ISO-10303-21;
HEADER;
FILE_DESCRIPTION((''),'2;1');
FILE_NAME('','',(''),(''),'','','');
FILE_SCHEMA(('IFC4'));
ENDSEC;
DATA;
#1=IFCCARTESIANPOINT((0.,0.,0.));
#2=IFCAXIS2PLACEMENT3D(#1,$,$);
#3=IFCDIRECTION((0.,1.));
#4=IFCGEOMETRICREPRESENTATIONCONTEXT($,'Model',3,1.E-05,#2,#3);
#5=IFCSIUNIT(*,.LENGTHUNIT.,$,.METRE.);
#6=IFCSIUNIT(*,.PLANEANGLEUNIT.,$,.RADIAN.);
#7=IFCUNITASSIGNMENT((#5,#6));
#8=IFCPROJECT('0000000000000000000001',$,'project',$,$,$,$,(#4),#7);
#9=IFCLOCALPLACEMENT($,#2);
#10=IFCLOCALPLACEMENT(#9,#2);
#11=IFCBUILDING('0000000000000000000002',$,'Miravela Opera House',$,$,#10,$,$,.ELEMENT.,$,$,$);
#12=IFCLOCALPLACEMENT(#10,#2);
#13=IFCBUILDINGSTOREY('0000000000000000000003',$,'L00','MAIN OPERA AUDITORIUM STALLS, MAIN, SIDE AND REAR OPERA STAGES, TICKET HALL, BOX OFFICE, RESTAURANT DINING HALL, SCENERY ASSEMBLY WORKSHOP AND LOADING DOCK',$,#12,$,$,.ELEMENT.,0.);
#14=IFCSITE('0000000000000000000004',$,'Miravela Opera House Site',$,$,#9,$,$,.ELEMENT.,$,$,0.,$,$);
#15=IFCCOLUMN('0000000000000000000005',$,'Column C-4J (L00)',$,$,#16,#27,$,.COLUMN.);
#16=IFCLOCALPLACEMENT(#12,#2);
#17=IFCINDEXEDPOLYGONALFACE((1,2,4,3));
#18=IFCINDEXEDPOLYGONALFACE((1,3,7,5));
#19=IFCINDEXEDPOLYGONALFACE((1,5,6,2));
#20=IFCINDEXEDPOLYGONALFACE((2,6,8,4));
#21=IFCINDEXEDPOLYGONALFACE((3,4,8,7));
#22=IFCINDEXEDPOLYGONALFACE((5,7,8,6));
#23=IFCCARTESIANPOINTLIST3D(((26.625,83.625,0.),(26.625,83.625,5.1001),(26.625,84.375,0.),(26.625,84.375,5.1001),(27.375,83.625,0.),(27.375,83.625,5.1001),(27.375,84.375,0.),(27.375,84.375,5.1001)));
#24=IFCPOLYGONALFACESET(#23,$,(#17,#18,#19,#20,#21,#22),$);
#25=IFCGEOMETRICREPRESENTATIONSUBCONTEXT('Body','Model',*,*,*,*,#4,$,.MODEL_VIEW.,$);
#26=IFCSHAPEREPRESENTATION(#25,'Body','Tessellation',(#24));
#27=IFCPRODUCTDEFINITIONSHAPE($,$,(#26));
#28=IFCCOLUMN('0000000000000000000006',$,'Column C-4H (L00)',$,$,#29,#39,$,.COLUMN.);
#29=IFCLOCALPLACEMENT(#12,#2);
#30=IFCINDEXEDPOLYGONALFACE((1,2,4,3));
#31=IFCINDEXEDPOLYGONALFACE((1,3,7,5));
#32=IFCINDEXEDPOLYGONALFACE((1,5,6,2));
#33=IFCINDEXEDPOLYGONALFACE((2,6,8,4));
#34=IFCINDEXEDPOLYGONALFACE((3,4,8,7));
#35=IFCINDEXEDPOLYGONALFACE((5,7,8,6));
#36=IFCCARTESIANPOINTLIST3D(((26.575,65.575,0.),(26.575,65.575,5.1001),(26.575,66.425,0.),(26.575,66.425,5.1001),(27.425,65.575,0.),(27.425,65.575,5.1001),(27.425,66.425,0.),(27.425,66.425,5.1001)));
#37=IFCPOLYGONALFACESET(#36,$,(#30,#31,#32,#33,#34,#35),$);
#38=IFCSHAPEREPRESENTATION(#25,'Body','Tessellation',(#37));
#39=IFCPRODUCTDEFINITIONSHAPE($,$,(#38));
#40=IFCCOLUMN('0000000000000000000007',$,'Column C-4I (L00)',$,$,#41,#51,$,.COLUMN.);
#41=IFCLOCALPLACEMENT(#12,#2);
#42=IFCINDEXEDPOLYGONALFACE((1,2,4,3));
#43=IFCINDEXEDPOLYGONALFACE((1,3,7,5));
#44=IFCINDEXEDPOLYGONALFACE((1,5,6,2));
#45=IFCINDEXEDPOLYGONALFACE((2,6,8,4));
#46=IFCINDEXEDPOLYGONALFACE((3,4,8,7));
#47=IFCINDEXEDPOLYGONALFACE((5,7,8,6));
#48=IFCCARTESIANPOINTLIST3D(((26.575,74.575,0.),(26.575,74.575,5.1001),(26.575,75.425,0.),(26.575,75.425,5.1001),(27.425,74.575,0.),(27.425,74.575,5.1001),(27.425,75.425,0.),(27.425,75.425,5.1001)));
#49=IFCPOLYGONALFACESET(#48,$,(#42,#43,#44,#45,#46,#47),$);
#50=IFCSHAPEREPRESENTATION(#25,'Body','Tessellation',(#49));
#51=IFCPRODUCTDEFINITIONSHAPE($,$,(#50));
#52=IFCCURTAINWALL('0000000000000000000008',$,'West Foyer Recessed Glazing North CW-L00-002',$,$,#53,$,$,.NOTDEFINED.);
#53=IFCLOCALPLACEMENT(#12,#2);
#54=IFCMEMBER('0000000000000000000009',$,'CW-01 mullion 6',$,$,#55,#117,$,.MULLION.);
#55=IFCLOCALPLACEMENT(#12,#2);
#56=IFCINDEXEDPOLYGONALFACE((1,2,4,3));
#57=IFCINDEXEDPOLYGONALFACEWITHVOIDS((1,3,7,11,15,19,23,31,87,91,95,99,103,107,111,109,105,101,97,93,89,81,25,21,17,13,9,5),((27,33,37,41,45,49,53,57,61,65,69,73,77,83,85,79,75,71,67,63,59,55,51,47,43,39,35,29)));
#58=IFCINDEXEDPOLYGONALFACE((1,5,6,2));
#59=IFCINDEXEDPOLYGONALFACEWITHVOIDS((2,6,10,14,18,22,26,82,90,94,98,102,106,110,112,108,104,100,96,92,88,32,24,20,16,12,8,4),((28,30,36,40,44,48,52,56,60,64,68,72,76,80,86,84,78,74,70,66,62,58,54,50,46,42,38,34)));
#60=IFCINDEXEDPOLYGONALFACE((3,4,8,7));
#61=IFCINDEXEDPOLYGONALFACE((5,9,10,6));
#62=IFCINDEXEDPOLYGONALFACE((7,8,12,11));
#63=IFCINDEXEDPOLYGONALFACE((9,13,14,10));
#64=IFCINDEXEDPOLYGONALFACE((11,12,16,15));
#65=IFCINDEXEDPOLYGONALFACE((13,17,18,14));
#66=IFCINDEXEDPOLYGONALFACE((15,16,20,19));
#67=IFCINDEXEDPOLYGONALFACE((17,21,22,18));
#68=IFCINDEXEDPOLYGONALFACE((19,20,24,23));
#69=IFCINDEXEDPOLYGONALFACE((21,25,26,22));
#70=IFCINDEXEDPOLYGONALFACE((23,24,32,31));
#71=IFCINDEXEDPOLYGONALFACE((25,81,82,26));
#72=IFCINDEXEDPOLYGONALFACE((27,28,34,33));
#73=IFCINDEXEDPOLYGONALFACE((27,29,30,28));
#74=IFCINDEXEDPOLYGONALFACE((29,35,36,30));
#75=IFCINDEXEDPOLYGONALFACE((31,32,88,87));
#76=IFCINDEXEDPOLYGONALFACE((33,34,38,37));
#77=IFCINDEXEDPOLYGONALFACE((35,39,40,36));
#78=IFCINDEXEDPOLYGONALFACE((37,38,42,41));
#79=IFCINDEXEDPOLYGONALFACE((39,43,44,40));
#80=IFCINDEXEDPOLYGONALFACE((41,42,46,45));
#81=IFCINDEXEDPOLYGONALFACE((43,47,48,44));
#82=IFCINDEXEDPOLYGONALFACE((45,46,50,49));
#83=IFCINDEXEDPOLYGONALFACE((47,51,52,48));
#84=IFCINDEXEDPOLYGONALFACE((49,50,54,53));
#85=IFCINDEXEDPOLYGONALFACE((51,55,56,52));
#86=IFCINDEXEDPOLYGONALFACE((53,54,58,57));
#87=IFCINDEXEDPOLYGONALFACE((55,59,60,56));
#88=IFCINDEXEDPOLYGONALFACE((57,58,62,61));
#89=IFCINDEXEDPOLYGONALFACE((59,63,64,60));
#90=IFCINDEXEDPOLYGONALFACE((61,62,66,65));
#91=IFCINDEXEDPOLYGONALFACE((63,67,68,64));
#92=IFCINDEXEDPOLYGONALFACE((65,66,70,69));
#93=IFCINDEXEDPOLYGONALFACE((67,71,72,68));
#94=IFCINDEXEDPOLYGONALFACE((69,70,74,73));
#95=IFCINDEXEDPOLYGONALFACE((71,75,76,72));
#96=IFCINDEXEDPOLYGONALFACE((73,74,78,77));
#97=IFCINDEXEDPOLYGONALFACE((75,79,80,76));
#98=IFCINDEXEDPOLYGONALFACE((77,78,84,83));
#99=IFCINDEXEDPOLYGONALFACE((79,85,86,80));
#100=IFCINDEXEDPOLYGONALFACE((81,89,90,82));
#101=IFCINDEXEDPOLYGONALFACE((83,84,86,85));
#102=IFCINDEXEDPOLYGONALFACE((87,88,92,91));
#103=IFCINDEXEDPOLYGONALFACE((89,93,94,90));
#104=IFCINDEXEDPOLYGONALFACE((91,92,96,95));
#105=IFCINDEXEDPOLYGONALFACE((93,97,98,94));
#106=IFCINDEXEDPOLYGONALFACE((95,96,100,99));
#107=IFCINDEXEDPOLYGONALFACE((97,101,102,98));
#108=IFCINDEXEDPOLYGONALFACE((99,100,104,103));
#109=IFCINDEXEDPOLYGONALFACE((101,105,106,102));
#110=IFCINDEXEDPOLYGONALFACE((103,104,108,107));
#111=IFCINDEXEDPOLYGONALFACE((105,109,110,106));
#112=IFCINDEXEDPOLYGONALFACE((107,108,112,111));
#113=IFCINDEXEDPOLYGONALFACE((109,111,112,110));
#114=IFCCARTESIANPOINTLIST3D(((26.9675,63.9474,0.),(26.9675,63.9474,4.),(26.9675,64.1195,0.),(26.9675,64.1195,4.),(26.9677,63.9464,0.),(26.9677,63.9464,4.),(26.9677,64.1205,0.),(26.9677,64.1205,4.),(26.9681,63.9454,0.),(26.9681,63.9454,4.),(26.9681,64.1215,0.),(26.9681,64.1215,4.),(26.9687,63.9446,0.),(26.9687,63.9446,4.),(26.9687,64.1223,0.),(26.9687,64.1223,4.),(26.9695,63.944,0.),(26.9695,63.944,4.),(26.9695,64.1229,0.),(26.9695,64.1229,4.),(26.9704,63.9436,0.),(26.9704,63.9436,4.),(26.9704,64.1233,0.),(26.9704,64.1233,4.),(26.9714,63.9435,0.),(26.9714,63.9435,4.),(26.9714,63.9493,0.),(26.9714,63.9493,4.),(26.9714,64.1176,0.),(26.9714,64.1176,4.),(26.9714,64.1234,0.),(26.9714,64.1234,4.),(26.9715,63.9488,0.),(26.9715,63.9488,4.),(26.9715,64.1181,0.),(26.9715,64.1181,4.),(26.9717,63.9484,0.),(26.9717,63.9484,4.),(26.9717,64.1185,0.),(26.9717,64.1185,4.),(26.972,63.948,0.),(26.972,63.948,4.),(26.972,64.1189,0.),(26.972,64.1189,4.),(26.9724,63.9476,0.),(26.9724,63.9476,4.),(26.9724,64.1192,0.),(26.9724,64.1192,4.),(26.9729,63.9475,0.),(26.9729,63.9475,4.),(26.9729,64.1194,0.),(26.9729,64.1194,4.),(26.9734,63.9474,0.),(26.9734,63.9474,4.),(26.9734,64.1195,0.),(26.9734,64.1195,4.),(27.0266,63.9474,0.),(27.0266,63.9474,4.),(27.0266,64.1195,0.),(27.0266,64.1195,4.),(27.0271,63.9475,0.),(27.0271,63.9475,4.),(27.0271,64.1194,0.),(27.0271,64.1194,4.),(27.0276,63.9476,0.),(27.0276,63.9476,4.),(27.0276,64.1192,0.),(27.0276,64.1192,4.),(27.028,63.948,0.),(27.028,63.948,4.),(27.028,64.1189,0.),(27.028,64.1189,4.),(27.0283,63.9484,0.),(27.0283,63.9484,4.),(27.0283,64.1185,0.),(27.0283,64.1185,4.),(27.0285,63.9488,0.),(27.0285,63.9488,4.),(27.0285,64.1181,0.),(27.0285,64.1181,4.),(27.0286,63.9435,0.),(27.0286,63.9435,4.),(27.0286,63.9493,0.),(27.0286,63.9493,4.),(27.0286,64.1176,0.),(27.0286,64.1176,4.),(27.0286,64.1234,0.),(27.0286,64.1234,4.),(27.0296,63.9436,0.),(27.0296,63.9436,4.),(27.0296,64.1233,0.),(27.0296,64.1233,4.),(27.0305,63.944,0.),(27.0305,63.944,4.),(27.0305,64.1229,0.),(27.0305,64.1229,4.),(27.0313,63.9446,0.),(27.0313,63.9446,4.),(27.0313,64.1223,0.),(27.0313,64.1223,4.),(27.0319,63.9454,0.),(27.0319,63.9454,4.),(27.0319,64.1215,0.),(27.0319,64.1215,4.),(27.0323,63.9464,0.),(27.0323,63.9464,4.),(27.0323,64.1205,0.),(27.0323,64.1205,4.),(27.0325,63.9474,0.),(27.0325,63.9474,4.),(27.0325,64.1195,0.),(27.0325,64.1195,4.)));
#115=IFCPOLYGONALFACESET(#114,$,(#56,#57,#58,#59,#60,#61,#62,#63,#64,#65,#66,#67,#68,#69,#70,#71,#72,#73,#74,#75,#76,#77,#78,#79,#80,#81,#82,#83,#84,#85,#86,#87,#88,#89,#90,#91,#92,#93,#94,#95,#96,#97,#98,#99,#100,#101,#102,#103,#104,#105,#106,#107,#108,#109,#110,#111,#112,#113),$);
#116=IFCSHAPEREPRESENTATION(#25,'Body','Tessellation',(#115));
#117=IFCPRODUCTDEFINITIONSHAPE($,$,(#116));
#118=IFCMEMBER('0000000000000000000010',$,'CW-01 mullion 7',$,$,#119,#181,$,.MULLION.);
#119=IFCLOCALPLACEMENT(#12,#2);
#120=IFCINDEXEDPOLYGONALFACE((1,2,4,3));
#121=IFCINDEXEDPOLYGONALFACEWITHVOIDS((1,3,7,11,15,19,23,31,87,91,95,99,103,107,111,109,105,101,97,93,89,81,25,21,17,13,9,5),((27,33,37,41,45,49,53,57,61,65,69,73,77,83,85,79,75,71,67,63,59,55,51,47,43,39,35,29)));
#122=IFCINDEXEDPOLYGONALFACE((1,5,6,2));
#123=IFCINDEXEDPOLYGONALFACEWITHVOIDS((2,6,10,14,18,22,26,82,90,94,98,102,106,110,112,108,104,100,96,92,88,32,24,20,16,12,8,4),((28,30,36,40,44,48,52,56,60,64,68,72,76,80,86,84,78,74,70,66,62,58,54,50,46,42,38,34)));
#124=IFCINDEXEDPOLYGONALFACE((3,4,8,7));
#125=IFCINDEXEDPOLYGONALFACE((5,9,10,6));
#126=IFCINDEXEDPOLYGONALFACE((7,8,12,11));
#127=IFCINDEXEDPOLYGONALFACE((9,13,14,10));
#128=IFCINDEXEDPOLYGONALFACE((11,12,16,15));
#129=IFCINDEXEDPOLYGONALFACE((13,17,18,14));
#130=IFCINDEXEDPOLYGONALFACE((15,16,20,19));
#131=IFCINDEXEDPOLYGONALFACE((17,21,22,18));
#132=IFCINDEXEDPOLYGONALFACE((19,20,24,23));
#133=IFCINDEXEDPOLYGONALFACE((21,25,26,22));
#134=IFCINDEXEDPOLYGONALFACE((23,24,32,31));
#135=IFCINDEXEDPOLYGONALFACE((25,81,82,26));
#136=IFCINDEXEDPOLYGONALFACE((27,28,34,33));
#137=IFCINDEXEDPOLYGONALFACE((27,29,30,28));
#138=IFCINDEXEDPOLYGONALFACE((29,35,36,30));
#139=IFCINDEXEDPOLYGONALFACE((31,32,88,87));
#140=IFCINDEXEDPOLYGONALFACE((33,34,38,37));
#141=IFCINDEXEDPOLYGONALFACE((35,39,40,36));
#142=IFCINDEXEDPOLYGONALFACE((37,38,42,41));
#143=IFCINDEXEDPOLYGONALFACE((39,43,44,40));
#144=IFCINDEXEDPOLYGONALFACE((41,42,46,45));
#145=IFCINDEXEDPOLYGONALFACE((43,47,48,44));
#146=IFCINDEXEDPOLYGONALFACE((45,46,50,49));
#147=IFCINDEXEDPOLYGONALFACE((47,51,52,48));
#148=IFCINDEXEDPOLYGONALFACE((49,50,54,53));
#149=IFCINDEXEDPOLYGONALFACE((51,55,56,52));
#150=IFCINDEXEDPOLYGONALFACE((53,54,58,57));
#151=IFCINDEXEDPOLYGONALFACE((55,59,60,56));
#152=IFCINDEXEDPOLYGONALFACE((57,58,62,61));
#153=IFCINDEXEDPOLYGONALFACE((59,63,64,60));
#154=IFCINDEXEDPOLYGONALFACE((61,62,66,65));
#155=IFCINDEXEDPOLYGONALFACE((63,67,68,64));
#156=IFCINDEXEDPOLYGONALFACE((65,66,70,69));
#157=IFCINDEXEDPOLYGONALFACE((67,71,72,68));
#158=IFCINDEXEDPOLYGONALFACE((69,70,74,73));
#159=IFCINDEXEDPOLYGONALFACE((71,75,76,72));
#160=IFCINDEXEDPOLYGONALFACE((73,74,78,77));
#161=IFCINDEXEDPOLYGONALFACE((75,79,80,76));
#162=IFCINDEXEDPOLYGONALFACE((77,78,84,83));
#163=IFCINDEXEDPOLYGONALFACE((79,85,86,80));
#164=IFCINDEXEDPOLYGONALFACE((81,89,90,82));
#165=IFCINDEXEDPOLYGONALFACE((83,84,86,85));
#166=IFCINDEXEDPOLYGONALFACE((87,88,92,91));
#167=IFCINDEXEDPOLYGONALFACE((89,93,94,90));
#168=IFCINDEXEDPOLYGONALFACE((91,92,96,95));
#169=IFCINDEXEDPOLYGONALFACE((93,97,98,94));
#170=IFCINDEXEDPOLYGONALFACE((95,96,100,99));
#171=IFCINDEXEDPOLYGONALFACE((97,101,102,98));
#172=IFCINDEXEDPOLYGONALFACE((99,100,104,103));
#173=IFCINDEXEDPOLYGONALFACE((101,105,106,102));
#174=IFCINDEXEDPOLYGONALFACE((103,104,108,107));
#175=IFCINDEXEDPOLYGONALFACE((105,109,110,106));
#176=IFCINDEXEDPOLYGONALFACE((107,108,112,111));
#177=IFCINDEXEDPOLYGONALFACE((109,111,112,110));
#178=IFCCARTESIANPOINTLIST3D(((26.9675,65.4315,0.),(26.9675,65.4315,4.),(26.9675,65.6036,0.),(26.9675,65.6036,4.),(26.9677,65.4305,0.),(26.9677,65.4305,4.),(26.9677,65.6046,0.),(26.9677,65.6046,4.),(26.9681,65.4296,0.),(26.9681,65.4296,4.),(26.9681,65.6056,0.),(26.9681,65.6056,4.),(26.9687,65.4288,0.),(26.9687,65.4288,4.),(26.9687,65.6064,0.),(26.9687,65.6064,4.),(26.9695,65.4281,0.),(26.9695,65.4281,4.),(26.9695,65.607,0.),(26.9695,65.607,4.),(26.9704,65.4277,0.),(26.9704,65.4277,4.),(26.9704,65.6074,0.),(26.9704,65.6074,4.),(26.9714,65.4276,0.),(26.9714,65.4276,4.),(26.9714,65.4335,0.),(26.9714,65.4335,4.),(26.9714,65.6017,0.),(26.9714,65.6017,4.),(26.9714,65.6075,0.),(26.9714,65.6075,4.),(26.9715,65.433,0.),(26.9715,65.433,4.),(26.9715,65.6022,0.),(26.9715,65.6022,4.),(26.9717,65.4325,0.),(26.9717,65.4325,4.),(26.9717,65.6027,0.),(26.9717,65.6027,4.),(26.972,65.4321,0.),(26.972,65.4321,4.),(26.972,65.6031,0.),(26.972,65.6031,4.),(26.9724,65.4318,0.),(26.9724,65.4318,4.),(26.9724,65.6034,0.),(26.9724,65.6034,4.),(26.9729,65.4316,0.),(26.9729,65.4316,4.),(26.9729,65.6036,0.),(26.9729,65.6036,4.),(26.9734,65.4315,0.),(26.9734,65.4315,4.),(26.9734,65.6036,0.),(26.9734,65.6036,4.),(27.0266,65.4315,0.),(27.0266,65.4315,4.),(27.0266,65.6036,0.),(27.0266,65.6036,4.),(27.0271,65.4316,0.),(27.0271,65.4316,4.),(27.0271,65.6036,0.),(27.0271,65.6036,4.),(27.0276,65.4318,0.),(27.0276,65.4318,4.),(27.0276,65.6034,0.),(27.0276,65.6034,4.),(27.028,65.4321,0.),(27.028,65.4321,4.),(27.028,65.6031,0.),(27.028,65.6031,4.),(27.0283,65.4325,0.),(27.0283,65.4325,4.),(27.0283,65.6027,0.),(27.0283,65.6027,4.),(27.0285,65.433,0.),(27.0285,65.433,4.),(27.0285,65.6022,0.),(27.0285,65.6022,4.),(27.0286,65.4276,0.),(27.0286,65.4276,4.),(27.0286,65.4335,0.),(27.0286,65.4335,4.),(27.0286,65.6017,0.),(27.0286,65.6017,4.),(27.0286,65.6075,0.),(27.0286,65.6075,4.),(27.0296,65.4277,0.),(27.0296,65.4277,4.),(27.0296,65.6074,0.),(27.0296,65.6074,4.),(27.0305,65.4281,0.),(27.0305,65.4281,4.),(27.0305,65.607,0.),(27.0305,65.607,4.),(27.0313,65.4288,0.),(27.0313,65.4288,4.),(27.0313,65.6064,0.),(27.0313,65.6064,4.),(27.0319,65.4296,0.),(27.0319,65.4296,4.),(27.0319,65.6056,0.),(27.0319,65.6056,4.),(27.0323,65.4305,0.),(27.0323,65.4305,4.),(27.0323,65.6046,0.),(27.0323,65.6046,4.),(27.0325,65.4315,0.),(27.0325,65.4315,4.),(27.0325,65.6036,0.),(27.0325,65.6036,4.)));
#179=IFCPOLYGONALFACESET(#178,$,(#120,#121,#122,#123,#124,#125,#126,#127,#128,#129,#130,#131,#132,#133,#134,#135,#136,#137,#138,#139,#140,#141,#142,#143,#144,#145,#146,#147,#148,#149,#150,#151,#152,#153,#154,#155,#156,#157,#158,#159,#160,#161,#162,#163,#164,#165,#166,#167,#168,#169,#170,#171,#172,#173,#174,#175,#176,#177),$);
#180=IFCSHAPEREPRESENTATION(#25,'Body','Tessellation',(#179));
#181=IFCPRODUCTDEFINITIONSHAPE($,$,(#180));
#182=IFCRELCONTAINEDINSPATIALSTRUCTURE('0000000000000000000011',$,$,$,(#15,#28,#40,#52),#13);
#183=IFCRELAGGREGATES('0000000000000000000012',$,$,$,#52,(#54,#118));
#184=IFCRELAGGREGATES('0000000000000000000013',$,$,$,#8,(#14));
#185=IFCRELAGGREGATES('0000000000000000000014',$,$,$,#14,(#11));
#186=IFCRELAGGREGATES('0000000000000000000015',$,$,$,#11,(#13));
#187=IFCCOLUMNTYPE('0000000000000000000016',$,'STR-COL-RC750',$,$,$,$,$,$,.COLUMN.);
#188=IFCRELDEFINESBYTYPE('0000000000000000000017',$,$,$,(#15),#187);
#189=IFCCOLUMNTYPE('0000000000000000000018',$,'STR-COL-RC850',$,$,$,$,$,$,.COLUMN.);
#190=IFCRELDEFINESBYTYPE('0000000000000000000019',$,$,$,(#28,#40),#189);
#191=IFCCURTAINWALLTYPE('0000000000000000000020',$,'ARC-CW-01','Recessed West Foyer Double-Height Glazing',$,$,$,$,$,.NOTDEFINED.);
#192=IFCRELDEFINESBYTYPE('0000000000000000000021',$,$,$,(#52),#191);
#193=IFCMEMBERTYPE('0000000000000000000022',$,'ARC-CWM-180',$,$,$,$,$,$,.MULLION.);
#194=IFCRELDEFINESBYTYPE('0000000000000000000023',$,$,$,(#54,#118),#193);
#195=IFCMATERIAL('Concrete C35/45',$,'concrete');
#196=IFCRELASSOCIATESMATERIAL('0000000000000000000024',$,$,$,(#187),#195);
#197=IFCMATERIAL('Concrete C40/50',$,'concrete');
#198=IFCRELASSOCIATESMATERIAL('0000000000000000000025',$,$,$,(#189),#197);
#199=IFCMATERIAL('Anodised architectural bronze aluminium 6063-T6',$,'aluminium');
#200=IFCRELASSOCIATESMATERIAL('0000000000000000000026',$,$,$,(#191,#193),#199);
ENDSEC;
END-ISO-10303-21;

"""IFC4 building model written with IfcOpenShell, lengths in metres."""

from ifc_helpers import new_model, si_unit, direction, frame, origin, origin_2d, place, context, subcontext, project, spatial, rectangle, hollow_rectangle, extrude, material, material_profile, profile_set, type_object, element, aggregate, save


model = new_model("IFC4")

# Units and contexts
model_context = context("Model", 3, precision=1e-05, world=origin(), true_north=direction((0.0, 1.0)))
body_context = subcontext(model_context, "Body", "Model", "MODEL_VIEW")
ifc_project = project(units=[si_unit("LENGTHUNIT", "METRE"), si_unit("PLANEANGLEUNIT", "RADIAN")], contexts=[model_context])

# Site, building, storey
site_placement = place(None, origin())
site = spatial("IfcSite", under=ifc_project, at=site_placement, Name="Miravela Opera House Site", CompositionType="ELEMENT", RefElevation=0.0)
building_placement = place(site_placement, origin())
building = spatial("IfcBuilding", under=site, at=building_placement, Name="Miravela Opera House", CompositionType="ELEMENT")
storey_placement = place(building_placement, origin())
storey = spatial("IfcBuildingStorey", under=building, at=storey_placement, Name="L00", Description="MAIN OPERA AUDITORIUM STALLS, MAIN, SIDE AND REAR OPERA STAGES, TICKET HALL, BOX OFFICE, RESTAURANT DINING HALL, SCENERY ASSEMBLY WORKSHOP AND LOADING DOCK", CompositionType="ELEMENT", Elevation=0.0)

# Columns
ifc_material_1 = material(Name="Concrete C35/45", Category="concrete")
ifc_material_profile_1 = material_profile(ifc_material_1, rectangle(XDim=0.75, YDim=0.75, at=origin_2d()), Name="RC-COL-750X750")
ifc_profile_set_1 = profile_set([ifc_material_profile_1])
column_type_1 = type_object("IfcColumnType", Name="STR-COL-RC750", PredefinedType="COLUMN", material=ifc_profile_set_1)
column_placement = place(storey_placement, frame((27.0, 84.0, 0.0), z_axis=(0.0, 0.0, 1.0), x_axis=(1.0, 0.0, 0.0)))
element("IfcColumn", 1, at=column_placement, inside=storey, type_object=column_type_1, Name="Column C-4J (L00)", PredefinedType="COLUMN", context=body_context, shape_type="SweptSolid", body=[
    extrude(rectangle(XDim=0.75, YDim=0.75, at=origin_2d()), origin(), (0.0, 0.0, 1.0), 5.1001),
])
ifc_material_2 = material(Name="Concrete C40/50", Category="concrete")
ifc_material_profile_2 = material_profile(ifc_material_2, rectangle(XDim=0.8501, YDim=0.8501, at=origin_2d()), Name="RC-COL-850X850")
ifc_profile_set_2 = profile_set([ifc_material_profile_2])
column_type_2 = type_object("IfcColumnType", Name="STR-COL-RC850", PredefinedType="COLUMN", material=ifc_profile_set_2)
for number, where, z_axis, x_axis, name in (
    (2, (27.0, 66.0, 0.0), (0.0, 0.0, 1.0), (1.0, 0.0, 0.0), "Column C-4H (L00)"),
    (3, (27.0, 75.0, 0.0), (0.0, 0.0, 1.0), (1.0, 0.0, 0.0), "Column C-4I (L00)"),
):
    element("IfcColumn", number, at=place(storey_placement, frame(where, z_axis=z_axis, x_axis=x_axis)), inside=storey, type_object=column_type_2, Name=name, PredefinedType="COLUMN", context=body_context, shape_type="SweptSolid", body=[
        extrude(rectangle(XDim=0.8501, YDim=0.8501, at=origin_2d()), origin(), (0.0, 0.0, 1.0), 5.1001),
    ])

# Curtain wall, members
ifc_material_3 = material(Name="Anodised architectural bronze aluminium 6063-T6", Category="aluminium")
curtain_wall_type = type_object("IfcCurtainWallType", Name="ARC-CW-01", Description="Recessed West Foyer Double-Height Glazing", PredefinedType="NOTDEFINED", material=ifc_material_3)
curtain_wall_placement = place(storey_placement, origin())
curtain_wall = element("IfcCurtainWall", 4, at=curtain_wall_placement, inside=storey, type_object=curtain_wall_type, Name="West Foyer Recessed Glazing North CW-L00-002", PredefinedType="NOTDEFINED")
ifc_material_profile_3 = material_profile(ifc_material_3, hollow_rectangle(XDim=0.0649, YDim=0.1799, WallThickness=0.0039, InnerFilletRadius=0.002, OuterFilletRadius=0.0039, at=origin_2d()), Name="CWM-65X180")
ifc_profile_set_3 = profile_set([ifc_material_profile_3])
member_type_1 = type_object("IfcMemberType", Name="ARC-CWM-180", PredefinedType="MULLION", material=ifc_profile_set_3)
member_1_placement = place(storey_placement, frame((27.0, 64.0334, 0.0), z_axis=(0.0, 0.0, 1.0), x_axis=(-1.0, 0.0, 0.0)))
member_1 = element("IfcMember", 5, at=member_1_placement, type_object=member_type_1, Name="CW-01 mullion 6", PredefinedType="MULLION", context=body_context, shape_type="SweptSolid", body=[
    extrude(hollow_rectangle(XDim=0.0649, YDim=0.1799, WallThickness=0.0039, InnerFilletRadius=0.002, OuterFilletRadius=0.0039, at=origin_2d()), origin(), (0.0, 0.0, 1.0), 4.0),
])
member_2_placement = place(storey_placement, frame((27.0, 65.5176, 0.0), z_axis=(0.0, 0.0, 1.0), x_axis=(-1.0, 0.0, 0.0)))
member_2 = element("IfcMember", 6, at=member_2_placement, type_object=member_type_1, Name="CW-01 mullion 7", PredefinedType="MULLION", context=body_context, shape_type="SweptSolid", body=[
    extrude(hollow_rectangle(XDim=0.0649, YDim=0.1799, WallThickness=0.0039, InnerFilletRadius=0.002, OuterFilletRadius=0.0039, at=origin_2d()), origin(), (0.0, 0.0, 1.0), 4.0),
])

aggregate(curtain_wall, [member_1, member_2])

save(model, "model.ifc")
